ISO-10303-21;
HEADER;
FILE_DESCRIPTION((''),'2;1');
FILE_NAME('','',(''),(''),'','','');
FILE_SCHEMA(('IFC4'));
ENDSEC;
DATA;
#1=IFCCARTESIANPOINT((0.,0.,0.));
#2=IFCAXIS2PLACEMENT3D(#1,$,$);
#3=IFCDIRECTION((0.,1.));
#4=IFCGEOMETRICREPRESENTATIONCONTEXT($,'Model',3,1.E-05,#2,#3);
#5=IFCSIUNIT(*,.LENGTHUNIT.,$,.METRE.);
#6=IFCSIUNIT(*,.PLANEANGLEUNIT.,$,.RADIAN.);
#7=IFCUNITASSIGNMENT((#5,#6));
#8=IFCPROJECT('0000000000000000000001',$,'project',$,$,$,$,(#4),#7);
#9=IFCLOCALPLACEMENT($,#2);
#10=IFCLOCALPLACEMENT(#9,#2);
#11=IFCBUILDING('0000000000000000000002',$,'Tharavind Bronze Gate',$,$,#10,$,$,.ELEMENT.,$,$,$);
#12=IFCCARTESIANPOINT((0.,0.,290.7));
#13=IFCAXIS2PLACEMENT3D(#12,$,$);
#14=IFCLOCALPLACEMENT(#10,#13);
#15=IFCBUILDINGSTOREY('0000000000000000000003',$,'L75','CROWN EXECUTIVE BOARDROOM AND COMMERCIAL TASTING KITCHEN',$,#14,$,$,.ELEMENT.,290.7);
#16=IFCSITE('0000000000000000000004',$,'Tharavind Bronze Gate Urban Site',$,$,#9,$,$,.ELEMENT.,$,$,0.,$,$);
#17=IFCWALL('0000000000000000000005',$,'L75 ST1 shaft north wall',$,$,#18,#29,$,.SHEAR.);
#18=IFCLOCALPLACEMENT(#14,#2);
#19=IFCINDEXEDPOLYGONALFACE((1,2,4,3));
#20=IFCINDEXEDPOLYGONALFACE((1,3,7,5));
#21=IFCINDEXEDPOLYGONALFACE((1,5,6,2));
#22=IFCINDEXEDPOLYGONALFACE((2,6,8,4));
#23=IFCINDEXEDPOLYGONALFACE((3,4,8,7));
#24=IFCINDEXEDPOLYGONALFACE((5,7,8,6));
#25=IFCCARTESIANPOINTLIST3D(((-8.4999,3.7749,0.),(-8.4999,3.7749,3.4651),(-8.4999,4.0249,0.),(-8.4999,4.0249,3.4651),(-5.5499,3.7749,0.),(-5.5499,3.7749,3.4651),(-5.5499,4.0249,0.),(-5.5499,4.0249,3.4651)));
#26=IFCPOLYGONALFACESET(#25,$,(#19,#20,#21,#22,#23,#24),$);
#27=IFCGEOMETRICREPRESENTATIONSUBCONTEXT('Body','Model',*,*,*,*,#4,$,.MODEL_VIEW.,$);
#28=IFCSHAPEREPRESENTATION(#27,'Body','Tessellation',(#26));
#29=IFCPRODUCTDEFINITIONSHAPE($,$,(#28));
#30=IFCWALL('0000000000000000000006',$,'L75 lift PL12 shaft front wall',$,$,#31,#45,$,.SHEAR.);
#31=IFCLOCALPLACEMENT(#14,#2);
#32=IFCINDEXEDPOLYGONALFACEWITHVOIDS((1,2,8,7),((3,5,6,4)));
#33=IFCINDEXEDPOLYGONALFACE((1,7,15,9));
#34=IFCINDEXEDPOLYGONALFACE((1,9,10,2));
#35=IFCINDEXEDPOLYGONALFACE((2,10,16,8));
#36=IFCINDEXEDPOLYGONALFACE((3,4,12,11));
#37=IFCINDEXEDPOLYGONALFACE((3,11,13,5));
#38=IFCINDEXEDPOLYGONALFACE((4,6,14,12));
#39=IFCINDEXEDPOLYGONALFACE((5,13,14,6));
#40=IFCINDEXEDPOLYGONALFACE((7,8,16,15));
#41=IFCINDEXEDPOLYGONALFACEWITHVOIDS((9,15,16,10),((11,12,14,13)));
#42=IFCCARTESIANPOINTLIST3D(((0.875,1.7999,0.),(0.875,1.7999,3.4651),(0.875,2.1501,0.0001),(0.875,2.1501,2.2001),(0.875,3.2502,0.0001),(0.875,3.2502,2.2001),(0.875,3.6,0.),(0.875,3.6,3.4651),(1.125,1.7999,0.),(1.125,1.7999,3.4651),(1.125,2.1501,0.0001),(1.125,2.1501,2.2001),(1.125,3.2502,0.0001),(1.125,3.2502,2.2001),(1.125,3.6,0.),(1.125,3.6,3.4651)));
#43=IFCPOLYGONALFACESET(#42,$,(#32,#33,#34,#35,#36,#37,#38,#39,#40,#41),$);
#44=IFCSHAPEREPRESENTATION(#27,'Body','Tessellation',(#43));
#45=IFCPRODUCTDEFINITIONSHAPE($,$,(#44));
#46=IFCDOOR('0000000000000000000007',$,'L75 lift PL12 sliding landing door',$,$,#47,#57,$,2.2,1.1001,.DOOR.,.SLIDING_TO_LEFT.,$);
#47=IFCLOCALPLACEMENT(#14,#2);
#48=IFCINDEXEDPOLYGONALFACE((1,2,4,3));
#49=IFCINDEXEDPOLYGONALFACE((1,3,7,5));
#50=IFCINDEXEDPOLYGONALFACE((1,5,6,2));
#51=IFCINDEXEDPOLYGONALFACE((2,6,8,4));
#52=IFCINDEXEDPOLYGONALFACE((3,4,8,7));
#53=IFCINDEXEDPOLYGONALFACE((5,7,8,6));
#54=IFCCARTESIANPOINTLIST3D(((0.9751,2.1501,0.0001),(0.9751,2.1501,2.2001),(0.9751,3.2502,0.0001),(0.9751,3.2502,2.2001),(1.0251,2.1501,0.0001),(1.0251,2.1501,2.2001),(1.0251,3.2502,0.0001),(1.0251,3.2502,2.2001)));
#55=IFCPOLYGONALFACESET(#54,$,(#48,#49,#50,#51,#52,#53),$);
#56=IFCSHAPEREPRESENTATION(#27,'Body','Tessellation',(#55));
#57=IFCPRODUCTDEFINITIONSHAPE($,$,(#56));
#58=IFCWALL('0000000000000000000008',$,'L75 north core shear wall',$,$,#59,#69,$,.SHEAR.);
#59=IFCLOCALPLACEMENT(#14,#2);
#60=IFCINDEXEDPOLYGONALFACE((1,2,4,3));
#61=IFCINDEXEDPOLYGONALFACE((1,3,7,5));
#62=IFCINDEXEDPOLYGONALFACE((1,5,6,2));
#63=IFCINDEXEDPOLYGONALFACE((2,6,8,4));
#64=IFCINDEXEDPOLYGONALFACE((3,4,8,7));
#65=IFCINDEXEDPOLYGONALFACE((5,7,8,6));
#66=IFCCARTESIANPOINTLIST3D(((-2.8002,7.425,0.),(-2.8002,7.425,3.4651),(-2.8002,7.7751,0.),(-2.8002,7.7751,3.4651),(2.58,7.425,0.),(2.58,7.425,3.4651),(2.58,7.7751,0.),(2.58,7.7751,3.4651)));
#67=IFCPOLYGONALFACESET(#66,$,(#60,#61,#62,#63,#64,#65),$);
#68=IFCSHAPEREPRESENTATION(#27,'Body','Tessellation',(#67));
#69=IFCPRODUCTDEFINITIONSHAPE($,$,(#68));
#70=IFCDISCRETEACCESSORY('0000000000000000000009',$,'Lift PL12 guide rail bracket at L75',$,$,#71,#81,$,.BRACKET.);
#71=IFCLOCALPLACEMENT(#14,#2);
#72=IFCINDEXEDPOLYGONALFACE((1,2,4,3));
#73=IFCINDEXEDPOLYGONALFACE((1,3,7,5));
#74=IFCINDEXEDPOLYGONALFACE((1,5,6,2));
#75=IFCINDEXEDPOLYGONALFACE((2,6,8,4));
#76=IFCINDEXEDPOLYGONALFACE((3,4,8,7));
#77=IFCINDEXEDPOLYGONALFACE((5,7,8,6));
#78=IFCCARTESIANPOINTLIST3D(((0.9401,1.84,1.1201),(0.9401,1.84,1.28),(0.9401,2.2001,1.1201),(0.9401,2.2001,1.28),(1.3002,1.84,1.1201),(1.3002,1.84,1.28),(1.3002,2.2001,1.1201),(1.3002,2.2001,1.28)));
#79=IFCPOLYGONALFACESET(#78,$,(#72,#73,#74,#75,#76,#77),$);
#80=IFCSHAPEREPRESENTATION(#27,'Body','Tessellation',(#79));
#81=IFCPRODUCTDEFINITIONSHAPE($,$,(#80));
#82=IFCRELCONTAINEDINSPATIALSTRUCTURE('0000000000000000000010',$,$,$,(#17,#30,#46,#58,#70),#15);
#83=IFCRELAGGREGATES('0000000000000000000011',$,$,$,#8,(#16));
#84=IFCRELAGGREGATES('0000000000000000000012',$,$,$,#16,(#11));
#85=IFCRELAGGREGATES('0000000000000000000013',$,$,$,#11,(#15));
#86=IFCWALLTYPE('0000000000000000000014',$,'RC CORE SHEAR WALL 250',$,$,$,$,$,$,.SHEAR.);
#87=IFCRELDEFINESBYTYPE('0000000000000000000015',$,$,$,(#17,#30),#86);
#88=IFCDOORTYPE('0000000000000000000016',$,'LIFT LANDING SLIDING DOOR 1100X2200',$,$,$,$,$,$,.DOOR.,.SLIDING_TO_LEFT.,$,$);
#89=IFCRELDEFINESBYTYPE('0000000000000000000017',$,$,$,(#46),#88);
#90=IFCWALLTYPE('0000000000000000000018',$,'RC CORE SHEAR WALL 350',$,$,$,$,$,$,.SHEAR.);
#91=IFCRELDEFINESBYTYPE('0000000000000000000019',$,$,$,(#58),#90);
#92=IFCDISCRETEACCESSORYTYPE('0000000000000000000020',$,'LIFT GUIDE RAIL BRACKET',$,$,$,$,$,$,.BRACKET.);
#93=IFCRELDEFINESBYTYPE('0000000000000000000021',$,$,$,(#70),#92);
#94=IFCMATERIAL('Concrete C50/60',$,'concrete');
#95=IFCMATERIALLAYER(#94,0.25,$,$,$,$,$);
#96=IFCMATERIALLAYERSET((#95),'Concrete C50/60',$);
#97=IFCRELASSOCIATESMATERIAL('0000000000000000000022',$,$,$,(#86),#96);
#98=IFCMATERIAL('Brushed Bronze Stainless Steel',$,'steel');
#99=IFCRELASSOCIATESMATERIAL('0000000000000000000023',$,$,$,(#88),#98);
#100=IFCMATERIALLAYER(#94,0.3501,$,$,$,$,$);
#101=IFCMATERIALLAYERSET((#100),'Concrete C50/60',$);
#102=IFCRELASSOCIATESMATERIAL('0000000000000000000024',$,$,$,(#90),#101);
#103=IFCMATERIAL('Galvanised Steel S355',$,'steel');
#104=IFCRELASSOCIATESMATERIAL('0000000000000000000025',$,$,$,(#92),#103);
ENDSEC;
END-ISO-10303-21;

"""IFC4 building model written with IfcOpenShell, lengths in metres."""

from ifc_helpers import new_model, si_unit, direction, frame, frame_2d, origin, origin_2d, place, context, subcontext, project, spatial, rectangle, extrude, material, layer, layer_set, type_object, element, fill, save


model = new_model("IFC4")

# Units and contexts
model_context = context("Model", 3, precision=1e-05, world=origin(), true_north=direction((0.0, 1.0)))
body_context = subcontext(model_context, "Body", "Model", "MODEL_VIEW")
ifc_project = project(units=[si_unit("LENGTHUNIT", "METRE"), si_unit("PLANEANGLEUNIT", "RADIAN")], contexts=[model_context])

# Site, building, storey
site_placement = place(None, origin())
site = spatial("IfcSite", under=ifc_project, at=site_placement, Name="Tharavind Bronze Gate Urban Site", CompositionType="ELEMENT", RefElevation=0.0)
building_placement = place(site_placement, origin())
building = spatial("IfcBuilding", under=site, at=building_placement, Name="Tharavind Bronze Gate", CompositionType="ELEMENT")
storey_placement = place(building_placement, frame((0.0, 0.0, 290.7)))
storey = spatial("IfcBuildingStorey", under=building, at=storey_placement, Name="L75", Description="CROWN EXECUTIVE BOARDROOM AND COMMERCIAL TASTING KITCHEN", CompositionType="ELEMENT", Elevation=290.7)

# Wall
ifc_material_1 = material(Name="Concrete C50/60", Category="concrete")
ifc_layer_1 = layer(ifc_material_1, 0.25)
ifc_layer_set_1 = layer_set([ifc_layer_1], Name="Concrete C50/60")
wall_type_1 = type_object("IfcWallType", Name="RC CORE SHEAR WALL 250", PredefinedType="SHEAR", material=ifc_layer_set_1)
wall_1_placement = place(storey_placement, frame((-8.5, 3.8999, 0.0), z_axis=(0.0, 0.0, 1.0), x_axis=(1.0, 0.0, 0.0)))
element("IfcWall", 1, at=wall_1_placement, inside=storey, type_object=wall_type_1, Name="L75 ST1 shaft north wall", PredefinedType="SHEAR", context=body_context, shape_type="SweptSolid", body=[
    extrude(rectangle(XDim=2.95, YDim=0.25, at=frame_2d((1.4751, 0.0))), origin(), (0.0, 0.0, 1.0), 3.4651),
])

# Wall, opening, door
wall_2_placement = place(storey_placement, frame((1.0, 1.8, 0.0), z_axis=(0.0, 0.0, 1.0), x_axis=(0.0, 1.0, 0.0)))
wall_2 = element("IfcWall", 2, at=wall_2_placement, inside=storey, type_object=wall_type_1, Name="L75 lift PL12 shaft front wall", PredefinedType="SHEAR", context=body_context, shape_type="SweptSolid", body=[
    extrude(rectangle(XDim=1.8, YDim=0.25, at=frame_2d((0.8999, 0.0))), origin(), (0.0, 0.0, 1.0), 3.4651),
])
opening_placement = place(wall_2_placement, frame((0.3501, 0.0, 0.0)))
opening = element("IfcOpeningElement", 3, at=opening_placement, cuts=wall_2, PredefinedType="OPENING", context=body_context, shape_type="SweptSolid", body=[
    extrude(rectangle(XDim=1.1001, YDim=2.2, at=frame_2d((0.55, 1.1001))), frame((0.0, 0.135, 0.0), z_axis=(0.0, -1.0, 0.0), x_axis=(1.0, 0.0, 0.0)), (0.0, 0.0, 1.0), 0.27),
])
ifc_material_2 = material(Name="Brushed Bronze Stainless Steel", Category="steel")
door_type = type_object("IfcDoorType", Name="LIFT LANDING SLIDING DOOR 1100X2200", OperationType="SLIDING_TO_LEFT", PredefinedType="DOOR", material=ifc_material_2)
door_placement = place(opening_placement, origin())
door = element("IfcDoor", 4, at=door_placement, inside=storey, type_object=door_type, Name="L75 lift PL12 sliding landing door", OperationType="SLIDING_TO_LEFT", OverallHeight=2.2, OverallWidth=1.1001, PredefinedType="DOOR", context=body_context, shape_type="SweptSolid", body=[
    extrude(rectangle(XDim=1.1001, YDim=2.2, at=frame_2d((0.55, 1.1001))), frame((0.0, 0.0249, 0.0), z_axis=(0.0, -1.0, 0.0), x_axis=(1.0, 0.0, 0.0)), (0.0, 0.0, 1.0), 0.05),
])
fill(opening, door)

# Wall
ifc_layer_2 = layer(ifc_material_1, 0.3501)
ifc_layer_set_2 = layer_set([ifc_layer_2], Name="Concrete C50/60")
wall_type_2 = type_object("IfcWallType", Name="RC CORE SHEAR WALL 350", PredefinedType="SHEAR", material=ifc_layer_set_2)
wall_3_placement = place(storey_placement, frame((-2.8, 7.6001, 0.0), z_axis=(0.0, 0.0, 1.0), x_axis=(1.0, 0.0, 0.0)))
element("IfcWall", 5, at=wall_3_placement, inside=storey, type_object=wall_type_2, Name="L75 north core shear wall", PredefinedType="SHEAR", context=body_context, shape_type="SweptSolid", body=[
    extrude(rectangle(XDim=5.3801, YDim=0.3501, at=frame_2d((2.6899, 0.0))), origin(), (0.0, 0.0, 1.0), 3.4651),
])

# Discrete accessory
ifc_material_3 = material(Name="Galvanised Steel S355", Category="steel")
discrete_accessory_type = type_object("IfcDiscreteAccessoryType", Name="LIFT GUIDE RAIL BRACKET", PredefinedType="BRACKET", material=ifc_material_3)
discrete_accessory_placement = place(storey_placement, frame((1.1201, 2.02, 1.1201), z_axis=(0.0, 0.0, 1.0), x_axis=(1.0, 0.0, 0.0)))
element("IfcDiscreteAccessory", 6, at=discrete_accessory_placement, inside=storey, type_object=discrete_accessory_type, Name="Lift PL12 guide rail bracket at L75", PredefinedType="BRACKET", context=body_context, shape_type="SweptSolid", body=[
    extrude(rectangle(XDim=0.3601, YDim=0.3601, at=origin_2d()), origin(), (0.0, 0.0, 1.0), 0.1599),
])

save(model, "model.ifc")
